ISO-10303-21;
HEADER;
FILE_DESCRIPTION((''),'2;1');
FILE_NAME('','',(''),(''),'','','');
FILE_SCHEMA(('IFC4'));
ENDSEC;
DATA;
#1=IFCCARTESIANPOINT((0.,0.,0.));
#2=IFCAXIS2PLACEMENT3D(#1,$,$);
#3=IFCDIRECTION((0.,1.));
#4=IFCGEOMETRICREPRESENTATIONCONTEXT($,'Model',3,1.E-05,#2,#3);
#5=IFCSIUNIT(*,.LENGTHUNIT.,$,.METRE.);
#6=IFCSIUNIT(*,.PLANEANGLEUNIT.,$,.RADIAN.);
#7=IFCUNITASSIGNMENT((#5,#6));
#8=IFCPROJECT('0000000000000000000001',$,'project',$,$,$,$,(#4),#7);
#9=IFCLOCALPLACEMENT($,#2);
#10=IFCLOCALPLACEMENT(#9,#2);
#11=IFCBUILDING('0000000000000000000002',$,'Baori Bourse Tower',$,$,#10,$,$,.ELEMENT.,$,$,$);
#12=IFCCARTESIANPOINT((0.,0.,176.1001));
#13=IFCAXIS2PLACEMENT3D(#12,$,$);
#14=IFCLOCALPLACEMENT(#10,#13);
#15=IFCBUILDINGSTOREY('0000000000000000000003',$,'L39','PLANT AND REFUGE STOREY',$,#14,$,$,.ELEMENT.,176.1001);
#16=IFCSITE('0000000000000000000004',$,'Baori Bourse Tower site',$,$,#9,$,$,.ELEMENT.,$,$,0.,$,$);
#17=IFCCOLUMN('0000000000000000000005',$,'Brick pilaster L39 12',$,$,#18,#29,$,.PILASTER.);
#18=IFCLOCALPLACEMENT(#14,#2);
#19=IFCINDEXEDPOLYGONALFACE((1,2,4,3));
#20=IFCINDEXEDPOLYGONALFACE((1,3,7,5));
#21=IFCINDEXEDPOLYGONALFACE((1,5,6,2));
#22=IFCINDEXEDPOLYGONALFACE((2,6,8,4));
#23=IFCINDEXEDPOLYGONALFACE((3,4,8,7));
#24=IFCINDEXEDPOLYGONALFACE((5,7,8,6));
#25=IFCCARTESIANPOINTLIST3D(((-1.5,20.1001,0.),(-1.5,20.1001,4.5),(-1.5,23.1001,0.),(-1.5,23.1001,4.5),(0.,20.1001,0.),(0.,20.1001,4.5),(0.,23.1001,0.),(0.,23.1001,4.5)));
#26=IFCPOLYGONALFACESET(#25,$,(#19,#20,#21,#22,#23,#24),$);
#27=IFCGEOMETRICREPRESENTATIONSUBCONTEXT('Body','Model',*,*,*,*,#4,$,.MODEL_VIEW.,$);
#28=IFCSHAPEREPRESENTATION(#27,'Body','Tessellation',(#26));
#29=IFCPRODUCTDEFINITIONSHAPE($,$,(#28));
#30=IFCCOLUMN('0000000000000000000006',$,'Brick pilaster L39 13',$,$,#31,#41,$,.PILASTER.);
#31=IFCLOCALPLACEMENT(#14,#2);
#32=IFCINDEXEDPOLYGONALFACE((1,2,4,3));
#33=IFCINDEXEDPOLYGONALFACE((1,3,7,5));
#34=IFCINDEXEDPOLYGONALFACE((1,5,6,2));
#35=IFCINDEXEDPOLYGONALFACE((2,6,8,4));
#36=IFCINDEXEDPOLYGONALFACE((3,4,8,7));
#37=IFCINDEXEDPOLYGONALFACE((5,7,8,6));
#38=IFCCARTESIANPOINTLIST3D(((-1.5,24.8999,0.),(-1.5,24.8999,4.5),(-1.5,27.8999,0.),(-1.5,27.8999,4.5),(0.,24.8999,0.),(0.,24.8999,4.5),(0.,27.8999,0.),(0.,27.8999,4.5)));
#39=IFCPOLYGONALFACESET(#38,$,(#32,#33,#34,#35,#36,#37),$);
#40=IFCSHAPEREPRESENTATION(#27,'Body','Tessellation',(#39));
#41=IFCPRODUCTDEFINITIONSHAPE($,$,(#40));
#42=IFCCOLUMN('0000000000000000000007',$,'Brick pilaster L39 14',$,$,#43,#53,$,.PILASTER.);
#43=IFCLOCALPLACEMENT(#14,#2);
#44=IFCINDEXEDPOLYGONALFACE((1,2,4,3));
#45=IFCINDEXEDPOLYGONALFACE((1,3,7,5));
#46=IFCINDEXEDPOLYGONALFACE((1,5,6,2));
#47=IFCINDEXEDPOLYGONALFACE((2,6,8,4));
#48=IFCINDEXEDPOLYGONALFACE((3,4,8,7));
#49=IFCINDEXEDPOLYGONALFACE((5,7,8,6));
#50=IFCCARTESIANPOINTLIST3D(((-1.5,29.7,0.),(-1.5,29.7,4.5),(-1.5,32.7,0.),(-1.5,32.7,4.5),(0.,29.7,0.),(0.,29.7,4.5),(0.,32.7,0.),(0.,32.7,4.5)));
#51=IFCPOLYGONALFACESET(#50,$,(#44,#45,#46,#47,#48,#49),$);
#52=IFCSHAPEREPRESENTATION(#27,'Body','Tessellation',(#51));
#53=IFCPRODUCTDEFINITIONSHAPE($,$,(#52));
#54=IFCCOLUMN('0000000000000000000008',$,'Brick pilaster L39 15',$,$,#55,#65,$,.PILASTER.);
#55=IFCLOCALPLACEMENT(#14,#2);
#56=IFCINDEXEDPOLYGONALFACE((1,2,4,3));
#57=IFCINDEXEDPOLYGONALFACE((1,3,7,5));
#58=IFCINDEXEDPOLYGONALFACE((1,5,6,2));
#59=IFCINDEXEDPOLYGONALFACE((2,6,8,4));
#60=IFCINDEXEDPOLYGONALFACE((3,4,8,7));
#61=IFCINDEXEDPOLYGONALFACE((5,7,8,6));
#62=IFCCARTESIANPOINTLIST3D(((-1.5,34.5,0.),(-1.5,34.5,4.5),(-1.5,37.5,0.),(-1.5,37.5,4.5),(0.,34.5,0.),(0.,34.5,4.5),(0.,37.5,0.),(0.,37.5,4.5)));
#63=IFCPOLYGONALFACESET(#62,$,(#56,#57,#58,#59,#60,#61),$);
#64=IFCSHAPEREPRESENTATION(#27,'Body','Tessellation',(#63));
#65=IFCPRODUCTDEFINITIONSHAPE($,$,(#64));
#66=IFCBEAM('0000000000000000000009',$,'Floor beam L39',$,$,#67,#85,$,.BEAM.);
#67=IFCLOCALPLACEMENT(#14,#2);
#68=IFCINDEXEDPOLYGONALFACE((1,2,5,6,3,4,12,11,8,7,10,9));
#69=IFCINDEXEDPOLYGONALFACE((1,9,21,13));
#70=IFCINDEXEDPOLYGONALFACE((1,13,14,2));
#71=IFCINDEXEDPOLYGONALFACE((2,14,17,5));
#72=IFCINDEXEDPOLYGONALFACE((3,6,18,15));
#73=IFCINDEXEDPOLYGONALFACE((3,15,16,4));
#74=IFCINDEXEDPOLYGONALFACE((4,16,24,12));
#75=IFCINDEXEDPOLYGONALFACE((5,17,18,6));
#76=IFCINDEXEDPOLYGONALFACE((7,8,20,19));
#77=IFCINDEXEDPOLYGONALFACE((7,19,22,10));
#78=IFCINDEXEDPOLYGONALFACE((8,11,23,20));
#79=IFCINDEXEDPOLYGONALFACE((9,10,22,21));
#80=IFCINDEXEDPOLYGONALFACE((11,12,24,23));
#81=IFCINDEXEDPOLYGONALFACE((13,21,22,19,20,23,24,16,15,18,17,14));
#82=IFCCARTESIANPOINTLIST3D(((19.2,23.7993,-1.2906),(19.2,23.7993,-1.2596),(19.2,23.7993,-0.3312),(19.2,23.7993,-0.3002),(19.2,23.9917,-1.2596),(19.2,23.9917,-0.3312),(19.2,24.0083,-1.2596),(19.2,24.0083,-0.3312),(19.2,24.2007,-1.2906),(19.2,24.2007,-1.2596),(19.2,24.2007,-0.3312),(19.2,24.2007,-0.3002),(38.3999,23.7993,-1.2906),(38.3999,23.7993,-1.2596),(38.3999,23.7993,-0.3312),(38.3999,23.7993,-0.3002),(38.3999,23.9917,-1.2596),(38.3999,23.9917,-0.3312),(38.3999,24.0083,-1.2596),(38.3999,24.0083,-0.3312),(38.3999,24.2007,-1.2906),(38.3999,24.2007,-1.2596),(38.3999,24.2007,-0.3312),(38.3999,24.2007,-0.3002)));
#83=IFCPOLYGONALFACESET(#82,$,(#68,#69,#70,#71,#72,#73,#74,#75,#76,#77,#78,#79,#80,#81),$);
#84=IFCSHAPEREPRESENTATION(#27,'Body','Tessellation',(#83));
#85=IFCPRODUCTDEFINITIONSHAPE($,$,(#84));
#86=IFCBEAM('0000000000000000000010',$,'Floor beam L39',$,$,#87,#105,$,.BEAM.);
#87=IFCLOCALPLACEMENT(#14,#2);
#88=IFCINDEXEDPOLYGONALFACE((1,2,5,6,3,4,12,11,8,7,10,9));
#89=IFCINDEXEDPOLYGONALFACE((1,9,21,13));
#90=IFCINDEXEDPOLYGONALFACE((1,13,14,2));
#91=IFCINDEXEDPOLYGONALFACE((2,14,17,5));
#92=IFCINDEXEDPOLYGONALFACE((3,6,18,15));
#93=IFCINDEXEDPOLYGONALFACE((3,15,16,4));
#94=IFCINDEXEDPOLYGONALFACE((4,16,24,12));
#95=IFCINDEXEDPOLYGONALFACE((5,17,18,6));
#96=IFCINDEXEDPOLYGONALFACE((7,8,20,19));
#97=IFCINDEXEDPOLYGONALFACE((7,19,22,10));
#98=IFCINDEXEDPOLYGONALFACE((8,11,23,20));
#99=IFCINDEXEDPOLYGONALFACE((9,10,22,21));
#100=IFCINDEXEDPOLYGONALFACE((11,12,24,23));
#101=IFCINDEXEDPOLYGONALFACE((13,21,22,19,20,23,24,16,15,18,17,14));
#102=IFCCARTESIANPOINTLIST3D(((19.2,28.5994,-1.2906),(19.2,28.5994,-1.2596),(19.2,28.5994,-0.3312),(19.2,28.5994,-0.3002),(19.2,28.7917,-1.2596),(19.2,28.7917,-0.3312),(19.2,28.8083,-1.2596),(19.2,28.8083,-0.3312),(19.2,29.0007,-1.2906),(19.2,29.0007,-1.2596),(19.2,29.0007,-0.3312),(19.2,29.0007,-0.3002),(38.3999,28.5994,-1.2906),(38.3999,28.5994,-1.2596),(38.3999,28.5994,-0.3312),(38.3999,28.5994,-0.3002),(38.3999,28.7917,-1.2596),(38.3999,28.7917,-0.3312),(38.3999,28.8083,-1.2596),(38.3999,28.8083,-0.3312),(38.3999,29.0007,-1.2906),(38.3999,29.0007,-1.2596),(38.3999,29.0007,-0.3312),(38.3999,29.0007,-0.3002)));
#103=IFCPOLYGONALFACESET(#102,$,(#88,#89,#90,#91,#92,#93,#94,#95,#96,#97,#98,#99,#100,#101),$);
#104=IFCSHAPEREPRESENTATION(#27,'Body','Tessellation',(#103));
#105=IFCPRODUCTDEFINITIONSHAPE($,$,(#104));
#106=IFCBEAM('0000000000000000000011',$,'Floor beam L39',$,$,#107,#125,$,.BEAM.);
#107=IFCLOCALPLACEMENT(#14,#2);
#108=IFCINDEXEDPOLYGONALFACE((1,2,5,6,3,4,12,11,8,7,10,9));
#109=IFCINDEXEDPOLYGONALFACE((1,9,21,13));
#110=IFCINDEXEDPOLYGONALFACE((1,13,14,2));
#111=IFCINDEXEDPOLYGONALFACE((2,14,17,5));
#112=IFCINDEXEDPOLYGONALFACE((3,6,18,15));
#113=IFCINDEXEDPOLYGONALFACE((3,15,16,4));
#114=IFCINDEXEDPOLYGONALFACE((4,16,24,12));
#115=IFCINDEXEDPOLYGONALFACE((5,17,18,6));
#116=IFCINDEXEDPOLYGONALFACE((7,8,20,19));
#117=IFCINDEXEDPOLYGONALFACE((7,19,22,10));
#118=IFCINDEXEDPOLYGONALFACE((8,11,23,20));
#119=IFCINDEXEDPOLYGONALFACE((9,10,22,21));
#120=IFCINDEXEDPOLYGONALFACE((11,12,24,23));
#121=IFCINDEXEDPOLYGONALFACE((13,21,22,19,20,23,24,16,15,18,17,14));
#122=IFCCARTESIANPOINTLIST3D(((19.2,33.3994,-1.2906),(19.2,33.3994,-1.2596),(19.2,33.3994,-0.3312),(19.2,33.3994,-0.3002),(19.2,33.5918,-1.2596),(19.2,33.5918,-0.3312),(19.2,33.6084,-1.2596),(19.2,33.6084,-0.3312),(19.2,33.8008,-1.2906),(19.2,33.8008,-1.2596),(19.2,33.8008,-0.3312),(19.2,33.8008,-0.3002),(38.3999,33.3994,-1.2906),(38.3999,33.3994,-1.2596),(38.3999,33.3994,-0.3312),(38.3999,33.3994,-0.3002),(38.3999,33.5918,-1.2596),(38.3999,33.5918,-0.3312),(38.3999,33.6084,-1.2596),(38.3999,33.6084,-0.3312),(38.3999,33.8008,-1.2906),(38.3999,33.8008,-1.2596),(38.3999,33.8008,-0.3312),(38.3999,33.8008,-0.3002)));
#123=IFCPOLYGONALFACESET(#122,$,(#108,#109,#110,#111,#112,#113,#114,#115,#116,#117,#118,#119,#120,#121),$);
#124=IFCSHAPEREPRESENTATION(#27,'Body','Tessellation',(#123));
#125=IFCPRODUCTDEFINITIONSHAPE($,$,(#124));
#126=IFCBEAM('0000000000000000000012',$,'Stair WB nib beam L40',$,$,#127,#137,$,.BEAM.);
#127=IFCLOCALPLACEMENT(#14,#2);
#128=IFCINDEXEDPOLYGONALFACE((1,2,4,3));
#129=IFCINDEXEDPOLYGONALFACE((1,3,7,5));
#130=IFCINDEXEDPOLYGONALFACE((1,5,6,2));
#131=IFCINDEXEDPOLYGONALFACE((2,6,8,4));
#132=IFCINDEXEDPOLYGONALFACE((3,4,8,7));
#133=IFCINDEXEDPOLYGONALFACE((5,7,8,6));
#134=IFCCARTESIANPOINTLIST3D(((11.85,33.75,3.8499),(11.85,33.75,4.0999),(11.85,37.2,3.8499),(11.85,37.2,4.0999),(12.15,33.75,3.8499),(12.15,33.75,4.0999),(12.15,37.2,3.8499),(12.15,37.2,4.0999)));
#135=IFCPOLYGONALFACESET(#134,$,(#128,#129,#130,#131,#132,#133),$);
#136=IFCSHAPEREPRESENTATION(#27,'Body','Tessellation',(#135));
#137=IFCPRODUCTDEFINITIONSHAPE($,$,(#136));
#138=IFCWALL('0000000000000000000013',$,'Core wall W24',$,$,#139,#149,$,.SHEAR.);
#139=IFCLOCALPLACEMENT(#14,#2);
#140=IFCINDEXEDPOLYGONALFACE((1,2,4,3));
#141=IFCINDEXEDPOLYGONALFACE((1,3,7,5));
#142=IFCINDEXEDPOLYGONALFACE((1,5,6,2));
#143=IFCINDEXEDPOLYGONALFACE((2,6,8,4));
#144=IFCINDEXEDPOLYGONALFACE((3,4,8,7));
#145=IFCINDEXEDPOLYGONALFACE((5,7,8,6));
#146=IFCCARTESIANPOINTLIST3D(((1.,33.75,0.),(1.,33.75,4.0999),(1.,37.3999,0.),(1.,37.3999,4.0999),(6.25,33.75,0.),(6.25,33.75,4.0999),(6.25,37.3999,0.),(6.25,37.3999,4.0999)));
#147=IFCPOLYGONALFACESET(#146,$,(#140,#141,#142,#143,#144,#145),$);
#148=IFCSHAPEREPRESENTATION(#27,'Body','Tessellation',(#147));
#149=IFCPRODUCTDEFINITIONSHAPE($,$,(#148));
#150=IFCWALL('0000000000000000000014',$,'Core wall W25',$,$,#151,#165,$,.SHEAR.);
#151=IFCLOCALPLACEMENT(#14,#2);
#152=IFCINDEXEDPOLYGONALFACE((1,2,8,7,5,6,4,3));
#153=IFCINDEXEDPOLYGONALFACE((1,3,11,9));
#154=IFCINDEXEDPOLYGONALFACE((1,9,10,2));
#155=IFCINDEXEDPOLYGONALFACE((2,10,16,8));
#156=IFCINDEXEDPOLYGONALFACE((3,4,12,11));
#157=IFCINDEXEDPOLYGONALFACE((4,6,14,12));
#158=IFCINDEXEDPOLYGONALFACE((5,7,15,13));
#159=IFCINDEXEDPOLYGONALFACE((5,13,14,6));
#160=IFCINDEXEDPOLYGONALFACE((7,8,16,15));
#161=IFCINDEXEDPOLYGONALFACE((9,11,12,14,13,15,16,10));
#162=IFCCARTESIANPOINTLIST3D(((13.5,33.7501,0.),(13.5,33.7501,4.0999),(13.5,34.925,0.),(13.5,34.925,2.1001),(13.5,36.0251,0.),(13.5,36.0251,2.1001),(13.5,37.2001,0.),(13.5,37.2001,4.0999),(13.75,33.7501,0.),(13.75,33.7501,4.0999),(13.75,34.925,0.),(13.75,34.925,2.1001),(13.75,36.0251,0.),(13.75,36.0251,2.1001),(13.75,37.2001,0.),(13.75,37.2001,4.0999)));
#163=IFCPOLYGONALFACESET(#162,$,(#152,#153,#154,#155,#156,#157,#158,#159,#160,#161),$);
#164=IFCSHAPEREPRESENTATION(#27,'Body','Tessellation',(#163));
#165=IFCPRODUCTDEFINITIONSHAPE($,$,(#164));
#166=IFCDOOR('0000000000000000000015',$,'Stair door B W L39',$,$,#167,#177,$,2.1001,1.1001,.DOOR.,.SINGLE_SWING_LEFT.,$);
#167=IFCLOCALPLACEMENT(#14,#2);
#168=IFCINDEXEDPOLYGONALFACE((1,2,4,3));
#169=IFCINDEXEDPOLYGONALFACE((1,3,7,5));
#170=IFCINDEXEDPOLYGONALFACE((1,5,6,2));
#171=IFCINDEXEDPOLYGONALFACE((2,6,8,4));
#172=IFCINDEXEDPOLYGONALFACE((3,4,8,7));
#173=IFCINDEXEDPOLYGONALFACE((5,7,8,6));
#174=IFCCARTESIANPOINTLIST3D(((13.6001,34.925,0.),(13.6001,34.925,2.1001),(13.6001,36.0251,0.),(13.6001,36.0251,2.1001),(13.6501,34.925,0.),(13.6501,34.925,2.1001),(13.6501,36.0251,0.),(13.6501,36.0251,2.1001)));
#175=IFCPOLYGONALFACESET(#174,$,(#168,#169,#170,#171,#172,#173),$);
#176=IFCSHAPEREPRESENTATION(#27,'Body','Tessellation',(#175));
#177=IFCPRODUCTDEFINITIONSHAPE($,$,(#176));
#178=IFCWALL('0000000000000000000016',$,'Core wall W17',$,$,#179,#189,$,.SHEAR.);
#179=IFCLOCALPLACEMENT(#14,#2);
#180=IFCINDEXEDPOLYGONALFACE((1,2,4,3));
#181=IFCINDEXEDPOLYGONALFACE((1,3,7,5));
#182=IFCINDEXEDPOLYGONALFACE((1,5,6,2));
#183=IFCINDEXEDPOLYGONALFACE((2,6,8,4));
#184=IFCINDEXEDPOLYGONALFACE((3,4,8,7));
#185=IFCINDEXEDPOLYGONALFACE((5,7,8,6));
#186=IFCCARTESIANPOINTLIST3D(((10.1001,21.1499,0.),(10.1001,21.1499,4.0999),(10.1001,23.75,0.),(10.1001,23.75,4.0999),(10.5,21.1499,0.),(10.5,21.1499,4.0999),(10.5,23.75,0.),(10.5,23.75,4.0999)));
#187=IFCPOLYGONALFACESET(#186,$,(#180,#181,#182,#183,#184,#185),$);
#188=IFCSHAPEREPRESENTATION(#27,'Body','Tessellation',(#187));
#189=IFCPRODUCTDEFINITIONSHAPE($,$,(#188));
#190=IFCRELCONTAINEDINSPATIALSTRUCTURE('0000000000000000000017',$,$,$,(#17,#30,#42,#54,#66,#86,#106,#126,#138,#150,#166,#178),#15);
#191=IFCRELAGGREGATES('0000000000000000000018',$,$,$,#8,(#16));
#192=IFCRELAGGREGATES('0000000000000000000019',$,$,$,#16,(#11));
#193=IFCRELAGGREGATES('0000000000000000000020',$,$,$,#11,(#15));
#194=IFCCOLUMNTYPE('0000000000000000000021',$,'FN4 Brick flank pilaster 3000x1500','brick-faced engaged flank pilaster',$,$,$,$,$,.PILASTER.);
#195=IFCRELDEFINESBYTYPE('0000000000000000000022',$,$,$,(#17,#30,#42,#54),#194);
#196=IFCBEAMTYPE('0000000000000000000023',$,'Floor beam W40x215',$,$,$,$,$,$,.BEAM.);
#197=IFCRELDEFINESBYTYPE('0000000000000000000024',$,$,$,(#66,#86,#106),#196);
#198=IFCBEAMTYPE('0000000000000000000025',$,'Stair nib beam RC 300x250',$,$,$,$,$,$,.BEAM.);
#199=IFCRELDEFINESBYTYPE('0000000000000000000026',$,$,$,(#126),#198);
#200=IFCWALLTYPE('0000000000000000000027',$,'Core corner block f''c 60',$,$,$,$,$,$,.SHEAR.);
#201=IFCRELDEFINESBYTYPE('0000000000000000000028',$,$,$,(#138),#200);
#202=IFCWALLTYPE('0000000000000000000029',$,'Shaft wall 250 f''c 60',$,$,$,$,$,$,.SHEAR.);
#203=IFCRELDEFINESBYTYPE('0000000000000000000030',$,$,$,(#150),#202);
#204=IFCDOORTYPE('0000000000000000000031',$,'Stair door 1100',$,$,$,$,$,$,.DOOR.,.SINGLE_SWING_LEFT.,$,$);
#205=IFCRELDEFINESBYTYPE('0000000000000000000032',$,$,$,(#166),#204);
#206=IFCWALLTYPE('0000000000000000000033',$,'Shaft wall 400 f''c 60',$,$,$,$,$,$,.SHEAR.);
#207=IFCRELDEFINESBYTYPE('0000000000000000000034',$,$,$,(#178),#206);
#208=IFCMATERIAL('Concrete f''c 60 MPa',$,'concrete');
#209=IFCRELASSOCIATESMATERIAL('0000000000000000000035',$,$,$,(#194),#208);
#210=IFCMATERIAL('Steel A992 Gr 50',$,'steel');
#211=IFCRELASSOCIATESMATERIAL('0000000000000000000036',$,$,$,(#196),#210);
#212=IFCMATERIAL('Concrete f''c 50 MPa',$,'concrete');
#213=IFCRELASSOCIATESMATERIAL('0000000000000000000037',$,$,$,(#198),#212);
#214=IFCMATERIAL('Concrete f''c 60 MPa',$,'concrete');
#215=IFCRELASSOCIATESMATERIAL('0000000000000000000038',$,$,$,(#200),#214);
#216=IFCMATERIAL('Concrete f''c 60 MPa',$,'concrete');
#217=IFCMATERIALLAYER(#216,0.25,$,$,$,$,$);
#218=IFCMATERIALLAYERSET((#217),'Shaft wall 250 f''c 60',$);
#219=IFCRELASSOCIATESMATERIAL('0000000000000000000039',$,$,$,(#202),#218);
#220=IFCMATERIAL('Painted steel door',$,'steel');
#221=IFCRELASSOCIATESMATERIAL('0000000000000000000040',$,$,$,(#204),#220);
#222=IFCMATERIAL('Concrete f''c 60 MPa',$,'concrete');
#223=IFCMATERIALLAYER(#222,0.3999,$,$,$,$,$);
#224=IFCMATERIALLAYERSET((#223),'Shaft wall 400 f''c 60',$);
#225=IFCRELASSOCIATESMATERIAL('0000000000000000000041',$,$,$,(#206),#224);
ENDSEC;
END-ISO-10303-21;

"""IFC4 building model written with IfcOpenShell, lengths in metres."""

from ifc_helpers import new_model, si_unit, direction, frame, frame_2d, origin, origin_2d, place, context, subcontext, project, spatial, rectangle, i_section, extrude, material, layer, layer_set, material_profile, profile_set, type_object, element, fill, save


model = new_model("IFC4")

# Units and contexts
model_context = context("Model", 3, precision=1e-05, world=origin(), true_north=direction((0.0, 1.0)))
body_context = subcontext(model_context, "Body", "Model", "MODEL_VIEW")
ifc_project = project(units=[si_unit("LENGTHUNIT", "METRE"), si_unit("PLANEANGLEUNIT", "RADIAN")], contexts=[model_context])

# Site, building, storey
site_placement = place(None, origin())
site = spatial("IfcSite", under=ifc_project, at=site_placement, Name="Baori Bourse Tower site", CompositionType="ELEMENT", RefElevation=0.0)
building_placement = place(site_placement, origin())
building = spatial("IfcBuilding", under=site, at=building_placement, Name="Baori Bourse Tower", CompositionType="ELEMENT")
storey_placement = place(building_placement, frame((0.0, 0.0, 176.1001)))
storey = spatial("IfcBuildingStorey", under=building, at=storey_placement, Name="L39", Description="PLANT AND REFUGE STOREY", CompositionType="ELEMENT", Elevation=176.1001)

# Columns
ifc_material_1 = material(Name="Concrete f'c 60 MPa", Category="concrete")
ifc_material_profile_1 = material_profile(ifc_material_1, rectangle(XDim=3.0, YDim=1.5, at=origin_2d()), Name="RC 3000x1500")
ifc_profile_set_1 = profile_set([ifc_material_profile_1], Name="Concrete f'c 60 MPa")
column_type = type_object("IfcColumnType", Name="FN4 Brick flank pilaster 3000x1500", Description="brick-faced engaged flank pilaster", PredefinedType="PILASTER", material=ifc_profile_set_1)
for number, where, z_axis, x_axis, name in (
    (1, (-0.75, 21.6001, 0.0), (0.0, 0.0, 1.0), (0.0, 1.0, 0.0), "Brick pilaster L39 12"),
    (2, (-0.75, 26.3999, 0.0), (0.0, 0.0, 1.0), (0.0, 1.0, 0.0), "Brick pilaster L39 13"),
    (3, (-0.75, 31.2, 0.0), (0.0, 0.0, 1.0), (0.0, 1.0, 0.0), "Brick pilaster L39 14"),
    (4, (-0.75, 36.0, 0.0), (0.0, 0.0, 1.0), (0.0, 1.0, 0.0), "Brick pilaster L39 15"),
):
    element("IfcColumn", number, at=place(storey_placement, frame(where, z_axis=z_axis, x_axis=x_axis)), inside=storey, type_object=column_type, Name=name, PredefinedType="PILASTER", context=body_context, shape_type="SweptSolid", body=[
        extrude(rectangle(XDim=3.0, YDim=1.5, at=origin_2d()), origin(), (0.0, 0.0, 1.0), 4.5),
    ])

# Beams
ifc_material_2 = material(Name="Steel A992 Gr 50", Category="steel")
ifc_material_profile_2 = material_profile(ifc_material_2, i_section(OverallWidth=0.4014, OverallDepth=0.9905, WebThickness=0.0166, FlangeThickness=0.031, at=origin_2d()), Name="W40x215")
ifc_profile_set_2 = profile_set([ifc_material_profile_2], Name="Steel A992 Gr 50")
beam_type_1 = type_object("IfcBeamType", Name="Floor beam W40x215", PredefinedType="BEAM", material=ifc_profile_set_2)
for number, where, z_axis, x_axis, name in (
    (5, (19.2, 24.0, -0.7954), (1.0, 0.0, 0.0), (0.0, 1.0, 0.0), "Floor beam L39"),
    (6, (19.2, 28.8, -0.7954), (1.0, 0.0, 0.0), (0.0, 1.0, 0.0), "Floor beam L39"),
    (7, (19.2, 33.6001, -0.7954), (1.0, 0.0, 0.0), (0.0, 1.0, 0.0), "Floor beam L39"),
):
    element("IfcBeam", number, at=place(storey_placement, frame(where, z_axis=z_axis, x_axis=x_axis)), inside=storey, type_object=beam_type_1, Name=name, PredefinedType="BEAM", context=body_context, shape_type="SweptSolid", body=[
        extrude(i_section(OverallWidth=0.4014, OverallDepth=0.9905, WebThickness=0.0166, FlangeThickness=0.031, at=origin_2d()), origin(), (0.0, 0.0, 1.0), 19.2),
    ])
ifc_material_3 = material(Name="Concrete f'c 50 MPa", Category="concrete")
ifc_material_profile_3 = material_profile(ifc_material_3, rectangle(XDim=0.3, YDim=0.25, at=origin_2d()), Name="RC 300x250")
ifc_profile_set_3 = profile_set([ifc_material_profile_3], Name="Concrete f'c 50 MPa")
beam_type_2 = type_object("IfcBeamType", Name="Stair nib beam RC 300x250", PredefinedType="BEAM", material=ifc_profile_set_3)
beam_placement = place(storey_placement, frame((12.0, 33.75, 3.9749), z_axis=(0.0, 1.0, 0.0), x_axis=(-1.0, 0.0, 0.0)))
element("IfcBeam", 8, at=beam_placement, inside=storey, type_object=beam_type_2, Name="Stair WB nib beam L40", PredefinedType="BEAM", context=body_context, shape_type="SweptSolid", body=[
    extrude(rectangle(XDim=0.3, YDim=0.25, at=origin_2d()), origin(), (0.0, 0.0, 1.0), 3.45),
])

# Wall
ifc_material_4 = material(Name="Concrete f'c 60 MPa", Category="concrete")
wall_type_1 = type_object("IfcWallType", Name="Core corner block f'c 60", PredefinedType="SHEAR", material=ifc_material_4)
wall_1_placement = place(storey_placement, frame((1.0, 35.575, 0.0), z_axis=(0.0, 0.0, 1.0), x_axis=(1.0, 0.0, 0.0)))
element("IfcWall", 9, at=wall_1_placement, inside=storey, type_object=wall_type_1, Name="Core wall W24", PredefinedType="SHEAR", context=body_context, shape_type="SweptSolid", body=[
    extrude(rectangle(XDim=5.25, YDim=3.6499, at=frame_2d((2.625, 0.0))), origin(), (0.0, 0.0, 1.0), 4.0999),
])

# Wall, opening, door
ifc_material_5 = material(Name="Concrete f'c 60 MPa", Category="concrete")
ifc_layer_1 = layer(ifc_material_5, 0.25)
ifc_layer_set_1 = layer_set([ifc_layer_1], Name="Shaft wall 250 f'c 60")
wall_type_2 = type_object("IfcWallType", Name="Shaft wall 250 f'c 60", PredefinedType="SHEAR", material=ifc_layer_set_1)
wall_2_placement = place(storey_placement, frame((13.625, 33.75, 0.0), z_axis=(0.0, 0.0, 1.0), x_axis=(0.0, 1.0, 0.0)))
wall_2 = element("IfcWall", 10, at=wall_2_placement, inside=storey, type_object=wall_type_2, Name="Core wall W25", PredefinedType="SHEAR", context=body_context, shape_type="SweptSolid", body=[
    extrude(rectangle(XDim=3.45, YDim=0.25, at=frame_2d((1.7251, 0.0))), origin(), (0.0, 0.0, 1.0), 4.0999),
])
opening_1_placement = place(wall_2_placement, frame((1.175, 0.0, 0.0)))
opening_1 = element("IfcOpeningElement", 11, at=opening_1_placement, cuts=wall_2, PredefinedType="OPENING", context=body_context, shape_type="SweptSolid", body=[
    extrude(rectangle(XDim=1.1001, YDim=2.1001, at=frame_2d((0.55, 1.05))), frame((0.0, 0.135, 0.0), z_axis=(0.0, -1.0, 0.0), x_axis=(1.0, 0.0, 0.0)), (0.0, 0.0, 1.0), 0.27),
])
ifc_material_6 = material(Name="Painted steel door", Category="steel")
door_type_1 = type_object("IfcDoorType", Name="Stair door 1100", OperationType="SINGLE_SWING_LEFT", PredefinedType="DOOR", material=ifc_material_6)
door_1_placement = place(opening_1_placement, origin())
door_1 = element("IfcDoor", 12, at=door_1_placement, inside=storey, type_object=door_type_1, Name="Stair door B W L39", OperationType="SINGLE_SWING_LEFT", OverallHeight=2.1001, OverallWidth=1.1001, PredefinedType="DOOR", context=body_context, shape_type="SweptSolid", body=[
    extrude(rectangle(XDim=1.1001, YDim=2.1001, at=frame_2d((0.55, 1.05))), frame((0.0, 0.0249, 0.0), z_axis=(0.0, -1.0, 0.0), x_axis=(1.0, 0.0, 0.0)), (0.0, 0.0, 1.0), 0.05),
])
fill(opening_1, door_1)

# Wall
ifc_material_7 = material(Name="Concrete f'c 60 MPa", Category="concrete")
ifc_layer_2 = layer(ifc_material_7, 0.3999)
ifc_layer_set_2 = layer_set([ifc_layer_2], Name="Shaft wall 400 f'c 60")
wall_type_3 = type_object("IfcWallType", Name="Shaft wall 400 f'c 60", PredefinedType="SHEAR", material=ifc_layer_set_2)
wall_3_placement = place(storey_placement, frame((10.3, 21.1499, 0.0), z_axis=(0.0, 0.0, 1.0), x_axis=(0.0, 1.0, 0.0)))
element("IfcWall", 13, at=wall_3_placement, inside=storey, type_object=wall_type_3, Name="Core wall W17", PredefinedType="SHEAR", context=body_context, shape_type="SweptSolid", body=[
    extrude(rectangle(XDim=2.6001, YDim=0.3999, at=frame_2d((1.3, 0.0))), origin(), (0.0, 0.0, 1.0), 4.0999),
])

save(model, "model.ifc")
